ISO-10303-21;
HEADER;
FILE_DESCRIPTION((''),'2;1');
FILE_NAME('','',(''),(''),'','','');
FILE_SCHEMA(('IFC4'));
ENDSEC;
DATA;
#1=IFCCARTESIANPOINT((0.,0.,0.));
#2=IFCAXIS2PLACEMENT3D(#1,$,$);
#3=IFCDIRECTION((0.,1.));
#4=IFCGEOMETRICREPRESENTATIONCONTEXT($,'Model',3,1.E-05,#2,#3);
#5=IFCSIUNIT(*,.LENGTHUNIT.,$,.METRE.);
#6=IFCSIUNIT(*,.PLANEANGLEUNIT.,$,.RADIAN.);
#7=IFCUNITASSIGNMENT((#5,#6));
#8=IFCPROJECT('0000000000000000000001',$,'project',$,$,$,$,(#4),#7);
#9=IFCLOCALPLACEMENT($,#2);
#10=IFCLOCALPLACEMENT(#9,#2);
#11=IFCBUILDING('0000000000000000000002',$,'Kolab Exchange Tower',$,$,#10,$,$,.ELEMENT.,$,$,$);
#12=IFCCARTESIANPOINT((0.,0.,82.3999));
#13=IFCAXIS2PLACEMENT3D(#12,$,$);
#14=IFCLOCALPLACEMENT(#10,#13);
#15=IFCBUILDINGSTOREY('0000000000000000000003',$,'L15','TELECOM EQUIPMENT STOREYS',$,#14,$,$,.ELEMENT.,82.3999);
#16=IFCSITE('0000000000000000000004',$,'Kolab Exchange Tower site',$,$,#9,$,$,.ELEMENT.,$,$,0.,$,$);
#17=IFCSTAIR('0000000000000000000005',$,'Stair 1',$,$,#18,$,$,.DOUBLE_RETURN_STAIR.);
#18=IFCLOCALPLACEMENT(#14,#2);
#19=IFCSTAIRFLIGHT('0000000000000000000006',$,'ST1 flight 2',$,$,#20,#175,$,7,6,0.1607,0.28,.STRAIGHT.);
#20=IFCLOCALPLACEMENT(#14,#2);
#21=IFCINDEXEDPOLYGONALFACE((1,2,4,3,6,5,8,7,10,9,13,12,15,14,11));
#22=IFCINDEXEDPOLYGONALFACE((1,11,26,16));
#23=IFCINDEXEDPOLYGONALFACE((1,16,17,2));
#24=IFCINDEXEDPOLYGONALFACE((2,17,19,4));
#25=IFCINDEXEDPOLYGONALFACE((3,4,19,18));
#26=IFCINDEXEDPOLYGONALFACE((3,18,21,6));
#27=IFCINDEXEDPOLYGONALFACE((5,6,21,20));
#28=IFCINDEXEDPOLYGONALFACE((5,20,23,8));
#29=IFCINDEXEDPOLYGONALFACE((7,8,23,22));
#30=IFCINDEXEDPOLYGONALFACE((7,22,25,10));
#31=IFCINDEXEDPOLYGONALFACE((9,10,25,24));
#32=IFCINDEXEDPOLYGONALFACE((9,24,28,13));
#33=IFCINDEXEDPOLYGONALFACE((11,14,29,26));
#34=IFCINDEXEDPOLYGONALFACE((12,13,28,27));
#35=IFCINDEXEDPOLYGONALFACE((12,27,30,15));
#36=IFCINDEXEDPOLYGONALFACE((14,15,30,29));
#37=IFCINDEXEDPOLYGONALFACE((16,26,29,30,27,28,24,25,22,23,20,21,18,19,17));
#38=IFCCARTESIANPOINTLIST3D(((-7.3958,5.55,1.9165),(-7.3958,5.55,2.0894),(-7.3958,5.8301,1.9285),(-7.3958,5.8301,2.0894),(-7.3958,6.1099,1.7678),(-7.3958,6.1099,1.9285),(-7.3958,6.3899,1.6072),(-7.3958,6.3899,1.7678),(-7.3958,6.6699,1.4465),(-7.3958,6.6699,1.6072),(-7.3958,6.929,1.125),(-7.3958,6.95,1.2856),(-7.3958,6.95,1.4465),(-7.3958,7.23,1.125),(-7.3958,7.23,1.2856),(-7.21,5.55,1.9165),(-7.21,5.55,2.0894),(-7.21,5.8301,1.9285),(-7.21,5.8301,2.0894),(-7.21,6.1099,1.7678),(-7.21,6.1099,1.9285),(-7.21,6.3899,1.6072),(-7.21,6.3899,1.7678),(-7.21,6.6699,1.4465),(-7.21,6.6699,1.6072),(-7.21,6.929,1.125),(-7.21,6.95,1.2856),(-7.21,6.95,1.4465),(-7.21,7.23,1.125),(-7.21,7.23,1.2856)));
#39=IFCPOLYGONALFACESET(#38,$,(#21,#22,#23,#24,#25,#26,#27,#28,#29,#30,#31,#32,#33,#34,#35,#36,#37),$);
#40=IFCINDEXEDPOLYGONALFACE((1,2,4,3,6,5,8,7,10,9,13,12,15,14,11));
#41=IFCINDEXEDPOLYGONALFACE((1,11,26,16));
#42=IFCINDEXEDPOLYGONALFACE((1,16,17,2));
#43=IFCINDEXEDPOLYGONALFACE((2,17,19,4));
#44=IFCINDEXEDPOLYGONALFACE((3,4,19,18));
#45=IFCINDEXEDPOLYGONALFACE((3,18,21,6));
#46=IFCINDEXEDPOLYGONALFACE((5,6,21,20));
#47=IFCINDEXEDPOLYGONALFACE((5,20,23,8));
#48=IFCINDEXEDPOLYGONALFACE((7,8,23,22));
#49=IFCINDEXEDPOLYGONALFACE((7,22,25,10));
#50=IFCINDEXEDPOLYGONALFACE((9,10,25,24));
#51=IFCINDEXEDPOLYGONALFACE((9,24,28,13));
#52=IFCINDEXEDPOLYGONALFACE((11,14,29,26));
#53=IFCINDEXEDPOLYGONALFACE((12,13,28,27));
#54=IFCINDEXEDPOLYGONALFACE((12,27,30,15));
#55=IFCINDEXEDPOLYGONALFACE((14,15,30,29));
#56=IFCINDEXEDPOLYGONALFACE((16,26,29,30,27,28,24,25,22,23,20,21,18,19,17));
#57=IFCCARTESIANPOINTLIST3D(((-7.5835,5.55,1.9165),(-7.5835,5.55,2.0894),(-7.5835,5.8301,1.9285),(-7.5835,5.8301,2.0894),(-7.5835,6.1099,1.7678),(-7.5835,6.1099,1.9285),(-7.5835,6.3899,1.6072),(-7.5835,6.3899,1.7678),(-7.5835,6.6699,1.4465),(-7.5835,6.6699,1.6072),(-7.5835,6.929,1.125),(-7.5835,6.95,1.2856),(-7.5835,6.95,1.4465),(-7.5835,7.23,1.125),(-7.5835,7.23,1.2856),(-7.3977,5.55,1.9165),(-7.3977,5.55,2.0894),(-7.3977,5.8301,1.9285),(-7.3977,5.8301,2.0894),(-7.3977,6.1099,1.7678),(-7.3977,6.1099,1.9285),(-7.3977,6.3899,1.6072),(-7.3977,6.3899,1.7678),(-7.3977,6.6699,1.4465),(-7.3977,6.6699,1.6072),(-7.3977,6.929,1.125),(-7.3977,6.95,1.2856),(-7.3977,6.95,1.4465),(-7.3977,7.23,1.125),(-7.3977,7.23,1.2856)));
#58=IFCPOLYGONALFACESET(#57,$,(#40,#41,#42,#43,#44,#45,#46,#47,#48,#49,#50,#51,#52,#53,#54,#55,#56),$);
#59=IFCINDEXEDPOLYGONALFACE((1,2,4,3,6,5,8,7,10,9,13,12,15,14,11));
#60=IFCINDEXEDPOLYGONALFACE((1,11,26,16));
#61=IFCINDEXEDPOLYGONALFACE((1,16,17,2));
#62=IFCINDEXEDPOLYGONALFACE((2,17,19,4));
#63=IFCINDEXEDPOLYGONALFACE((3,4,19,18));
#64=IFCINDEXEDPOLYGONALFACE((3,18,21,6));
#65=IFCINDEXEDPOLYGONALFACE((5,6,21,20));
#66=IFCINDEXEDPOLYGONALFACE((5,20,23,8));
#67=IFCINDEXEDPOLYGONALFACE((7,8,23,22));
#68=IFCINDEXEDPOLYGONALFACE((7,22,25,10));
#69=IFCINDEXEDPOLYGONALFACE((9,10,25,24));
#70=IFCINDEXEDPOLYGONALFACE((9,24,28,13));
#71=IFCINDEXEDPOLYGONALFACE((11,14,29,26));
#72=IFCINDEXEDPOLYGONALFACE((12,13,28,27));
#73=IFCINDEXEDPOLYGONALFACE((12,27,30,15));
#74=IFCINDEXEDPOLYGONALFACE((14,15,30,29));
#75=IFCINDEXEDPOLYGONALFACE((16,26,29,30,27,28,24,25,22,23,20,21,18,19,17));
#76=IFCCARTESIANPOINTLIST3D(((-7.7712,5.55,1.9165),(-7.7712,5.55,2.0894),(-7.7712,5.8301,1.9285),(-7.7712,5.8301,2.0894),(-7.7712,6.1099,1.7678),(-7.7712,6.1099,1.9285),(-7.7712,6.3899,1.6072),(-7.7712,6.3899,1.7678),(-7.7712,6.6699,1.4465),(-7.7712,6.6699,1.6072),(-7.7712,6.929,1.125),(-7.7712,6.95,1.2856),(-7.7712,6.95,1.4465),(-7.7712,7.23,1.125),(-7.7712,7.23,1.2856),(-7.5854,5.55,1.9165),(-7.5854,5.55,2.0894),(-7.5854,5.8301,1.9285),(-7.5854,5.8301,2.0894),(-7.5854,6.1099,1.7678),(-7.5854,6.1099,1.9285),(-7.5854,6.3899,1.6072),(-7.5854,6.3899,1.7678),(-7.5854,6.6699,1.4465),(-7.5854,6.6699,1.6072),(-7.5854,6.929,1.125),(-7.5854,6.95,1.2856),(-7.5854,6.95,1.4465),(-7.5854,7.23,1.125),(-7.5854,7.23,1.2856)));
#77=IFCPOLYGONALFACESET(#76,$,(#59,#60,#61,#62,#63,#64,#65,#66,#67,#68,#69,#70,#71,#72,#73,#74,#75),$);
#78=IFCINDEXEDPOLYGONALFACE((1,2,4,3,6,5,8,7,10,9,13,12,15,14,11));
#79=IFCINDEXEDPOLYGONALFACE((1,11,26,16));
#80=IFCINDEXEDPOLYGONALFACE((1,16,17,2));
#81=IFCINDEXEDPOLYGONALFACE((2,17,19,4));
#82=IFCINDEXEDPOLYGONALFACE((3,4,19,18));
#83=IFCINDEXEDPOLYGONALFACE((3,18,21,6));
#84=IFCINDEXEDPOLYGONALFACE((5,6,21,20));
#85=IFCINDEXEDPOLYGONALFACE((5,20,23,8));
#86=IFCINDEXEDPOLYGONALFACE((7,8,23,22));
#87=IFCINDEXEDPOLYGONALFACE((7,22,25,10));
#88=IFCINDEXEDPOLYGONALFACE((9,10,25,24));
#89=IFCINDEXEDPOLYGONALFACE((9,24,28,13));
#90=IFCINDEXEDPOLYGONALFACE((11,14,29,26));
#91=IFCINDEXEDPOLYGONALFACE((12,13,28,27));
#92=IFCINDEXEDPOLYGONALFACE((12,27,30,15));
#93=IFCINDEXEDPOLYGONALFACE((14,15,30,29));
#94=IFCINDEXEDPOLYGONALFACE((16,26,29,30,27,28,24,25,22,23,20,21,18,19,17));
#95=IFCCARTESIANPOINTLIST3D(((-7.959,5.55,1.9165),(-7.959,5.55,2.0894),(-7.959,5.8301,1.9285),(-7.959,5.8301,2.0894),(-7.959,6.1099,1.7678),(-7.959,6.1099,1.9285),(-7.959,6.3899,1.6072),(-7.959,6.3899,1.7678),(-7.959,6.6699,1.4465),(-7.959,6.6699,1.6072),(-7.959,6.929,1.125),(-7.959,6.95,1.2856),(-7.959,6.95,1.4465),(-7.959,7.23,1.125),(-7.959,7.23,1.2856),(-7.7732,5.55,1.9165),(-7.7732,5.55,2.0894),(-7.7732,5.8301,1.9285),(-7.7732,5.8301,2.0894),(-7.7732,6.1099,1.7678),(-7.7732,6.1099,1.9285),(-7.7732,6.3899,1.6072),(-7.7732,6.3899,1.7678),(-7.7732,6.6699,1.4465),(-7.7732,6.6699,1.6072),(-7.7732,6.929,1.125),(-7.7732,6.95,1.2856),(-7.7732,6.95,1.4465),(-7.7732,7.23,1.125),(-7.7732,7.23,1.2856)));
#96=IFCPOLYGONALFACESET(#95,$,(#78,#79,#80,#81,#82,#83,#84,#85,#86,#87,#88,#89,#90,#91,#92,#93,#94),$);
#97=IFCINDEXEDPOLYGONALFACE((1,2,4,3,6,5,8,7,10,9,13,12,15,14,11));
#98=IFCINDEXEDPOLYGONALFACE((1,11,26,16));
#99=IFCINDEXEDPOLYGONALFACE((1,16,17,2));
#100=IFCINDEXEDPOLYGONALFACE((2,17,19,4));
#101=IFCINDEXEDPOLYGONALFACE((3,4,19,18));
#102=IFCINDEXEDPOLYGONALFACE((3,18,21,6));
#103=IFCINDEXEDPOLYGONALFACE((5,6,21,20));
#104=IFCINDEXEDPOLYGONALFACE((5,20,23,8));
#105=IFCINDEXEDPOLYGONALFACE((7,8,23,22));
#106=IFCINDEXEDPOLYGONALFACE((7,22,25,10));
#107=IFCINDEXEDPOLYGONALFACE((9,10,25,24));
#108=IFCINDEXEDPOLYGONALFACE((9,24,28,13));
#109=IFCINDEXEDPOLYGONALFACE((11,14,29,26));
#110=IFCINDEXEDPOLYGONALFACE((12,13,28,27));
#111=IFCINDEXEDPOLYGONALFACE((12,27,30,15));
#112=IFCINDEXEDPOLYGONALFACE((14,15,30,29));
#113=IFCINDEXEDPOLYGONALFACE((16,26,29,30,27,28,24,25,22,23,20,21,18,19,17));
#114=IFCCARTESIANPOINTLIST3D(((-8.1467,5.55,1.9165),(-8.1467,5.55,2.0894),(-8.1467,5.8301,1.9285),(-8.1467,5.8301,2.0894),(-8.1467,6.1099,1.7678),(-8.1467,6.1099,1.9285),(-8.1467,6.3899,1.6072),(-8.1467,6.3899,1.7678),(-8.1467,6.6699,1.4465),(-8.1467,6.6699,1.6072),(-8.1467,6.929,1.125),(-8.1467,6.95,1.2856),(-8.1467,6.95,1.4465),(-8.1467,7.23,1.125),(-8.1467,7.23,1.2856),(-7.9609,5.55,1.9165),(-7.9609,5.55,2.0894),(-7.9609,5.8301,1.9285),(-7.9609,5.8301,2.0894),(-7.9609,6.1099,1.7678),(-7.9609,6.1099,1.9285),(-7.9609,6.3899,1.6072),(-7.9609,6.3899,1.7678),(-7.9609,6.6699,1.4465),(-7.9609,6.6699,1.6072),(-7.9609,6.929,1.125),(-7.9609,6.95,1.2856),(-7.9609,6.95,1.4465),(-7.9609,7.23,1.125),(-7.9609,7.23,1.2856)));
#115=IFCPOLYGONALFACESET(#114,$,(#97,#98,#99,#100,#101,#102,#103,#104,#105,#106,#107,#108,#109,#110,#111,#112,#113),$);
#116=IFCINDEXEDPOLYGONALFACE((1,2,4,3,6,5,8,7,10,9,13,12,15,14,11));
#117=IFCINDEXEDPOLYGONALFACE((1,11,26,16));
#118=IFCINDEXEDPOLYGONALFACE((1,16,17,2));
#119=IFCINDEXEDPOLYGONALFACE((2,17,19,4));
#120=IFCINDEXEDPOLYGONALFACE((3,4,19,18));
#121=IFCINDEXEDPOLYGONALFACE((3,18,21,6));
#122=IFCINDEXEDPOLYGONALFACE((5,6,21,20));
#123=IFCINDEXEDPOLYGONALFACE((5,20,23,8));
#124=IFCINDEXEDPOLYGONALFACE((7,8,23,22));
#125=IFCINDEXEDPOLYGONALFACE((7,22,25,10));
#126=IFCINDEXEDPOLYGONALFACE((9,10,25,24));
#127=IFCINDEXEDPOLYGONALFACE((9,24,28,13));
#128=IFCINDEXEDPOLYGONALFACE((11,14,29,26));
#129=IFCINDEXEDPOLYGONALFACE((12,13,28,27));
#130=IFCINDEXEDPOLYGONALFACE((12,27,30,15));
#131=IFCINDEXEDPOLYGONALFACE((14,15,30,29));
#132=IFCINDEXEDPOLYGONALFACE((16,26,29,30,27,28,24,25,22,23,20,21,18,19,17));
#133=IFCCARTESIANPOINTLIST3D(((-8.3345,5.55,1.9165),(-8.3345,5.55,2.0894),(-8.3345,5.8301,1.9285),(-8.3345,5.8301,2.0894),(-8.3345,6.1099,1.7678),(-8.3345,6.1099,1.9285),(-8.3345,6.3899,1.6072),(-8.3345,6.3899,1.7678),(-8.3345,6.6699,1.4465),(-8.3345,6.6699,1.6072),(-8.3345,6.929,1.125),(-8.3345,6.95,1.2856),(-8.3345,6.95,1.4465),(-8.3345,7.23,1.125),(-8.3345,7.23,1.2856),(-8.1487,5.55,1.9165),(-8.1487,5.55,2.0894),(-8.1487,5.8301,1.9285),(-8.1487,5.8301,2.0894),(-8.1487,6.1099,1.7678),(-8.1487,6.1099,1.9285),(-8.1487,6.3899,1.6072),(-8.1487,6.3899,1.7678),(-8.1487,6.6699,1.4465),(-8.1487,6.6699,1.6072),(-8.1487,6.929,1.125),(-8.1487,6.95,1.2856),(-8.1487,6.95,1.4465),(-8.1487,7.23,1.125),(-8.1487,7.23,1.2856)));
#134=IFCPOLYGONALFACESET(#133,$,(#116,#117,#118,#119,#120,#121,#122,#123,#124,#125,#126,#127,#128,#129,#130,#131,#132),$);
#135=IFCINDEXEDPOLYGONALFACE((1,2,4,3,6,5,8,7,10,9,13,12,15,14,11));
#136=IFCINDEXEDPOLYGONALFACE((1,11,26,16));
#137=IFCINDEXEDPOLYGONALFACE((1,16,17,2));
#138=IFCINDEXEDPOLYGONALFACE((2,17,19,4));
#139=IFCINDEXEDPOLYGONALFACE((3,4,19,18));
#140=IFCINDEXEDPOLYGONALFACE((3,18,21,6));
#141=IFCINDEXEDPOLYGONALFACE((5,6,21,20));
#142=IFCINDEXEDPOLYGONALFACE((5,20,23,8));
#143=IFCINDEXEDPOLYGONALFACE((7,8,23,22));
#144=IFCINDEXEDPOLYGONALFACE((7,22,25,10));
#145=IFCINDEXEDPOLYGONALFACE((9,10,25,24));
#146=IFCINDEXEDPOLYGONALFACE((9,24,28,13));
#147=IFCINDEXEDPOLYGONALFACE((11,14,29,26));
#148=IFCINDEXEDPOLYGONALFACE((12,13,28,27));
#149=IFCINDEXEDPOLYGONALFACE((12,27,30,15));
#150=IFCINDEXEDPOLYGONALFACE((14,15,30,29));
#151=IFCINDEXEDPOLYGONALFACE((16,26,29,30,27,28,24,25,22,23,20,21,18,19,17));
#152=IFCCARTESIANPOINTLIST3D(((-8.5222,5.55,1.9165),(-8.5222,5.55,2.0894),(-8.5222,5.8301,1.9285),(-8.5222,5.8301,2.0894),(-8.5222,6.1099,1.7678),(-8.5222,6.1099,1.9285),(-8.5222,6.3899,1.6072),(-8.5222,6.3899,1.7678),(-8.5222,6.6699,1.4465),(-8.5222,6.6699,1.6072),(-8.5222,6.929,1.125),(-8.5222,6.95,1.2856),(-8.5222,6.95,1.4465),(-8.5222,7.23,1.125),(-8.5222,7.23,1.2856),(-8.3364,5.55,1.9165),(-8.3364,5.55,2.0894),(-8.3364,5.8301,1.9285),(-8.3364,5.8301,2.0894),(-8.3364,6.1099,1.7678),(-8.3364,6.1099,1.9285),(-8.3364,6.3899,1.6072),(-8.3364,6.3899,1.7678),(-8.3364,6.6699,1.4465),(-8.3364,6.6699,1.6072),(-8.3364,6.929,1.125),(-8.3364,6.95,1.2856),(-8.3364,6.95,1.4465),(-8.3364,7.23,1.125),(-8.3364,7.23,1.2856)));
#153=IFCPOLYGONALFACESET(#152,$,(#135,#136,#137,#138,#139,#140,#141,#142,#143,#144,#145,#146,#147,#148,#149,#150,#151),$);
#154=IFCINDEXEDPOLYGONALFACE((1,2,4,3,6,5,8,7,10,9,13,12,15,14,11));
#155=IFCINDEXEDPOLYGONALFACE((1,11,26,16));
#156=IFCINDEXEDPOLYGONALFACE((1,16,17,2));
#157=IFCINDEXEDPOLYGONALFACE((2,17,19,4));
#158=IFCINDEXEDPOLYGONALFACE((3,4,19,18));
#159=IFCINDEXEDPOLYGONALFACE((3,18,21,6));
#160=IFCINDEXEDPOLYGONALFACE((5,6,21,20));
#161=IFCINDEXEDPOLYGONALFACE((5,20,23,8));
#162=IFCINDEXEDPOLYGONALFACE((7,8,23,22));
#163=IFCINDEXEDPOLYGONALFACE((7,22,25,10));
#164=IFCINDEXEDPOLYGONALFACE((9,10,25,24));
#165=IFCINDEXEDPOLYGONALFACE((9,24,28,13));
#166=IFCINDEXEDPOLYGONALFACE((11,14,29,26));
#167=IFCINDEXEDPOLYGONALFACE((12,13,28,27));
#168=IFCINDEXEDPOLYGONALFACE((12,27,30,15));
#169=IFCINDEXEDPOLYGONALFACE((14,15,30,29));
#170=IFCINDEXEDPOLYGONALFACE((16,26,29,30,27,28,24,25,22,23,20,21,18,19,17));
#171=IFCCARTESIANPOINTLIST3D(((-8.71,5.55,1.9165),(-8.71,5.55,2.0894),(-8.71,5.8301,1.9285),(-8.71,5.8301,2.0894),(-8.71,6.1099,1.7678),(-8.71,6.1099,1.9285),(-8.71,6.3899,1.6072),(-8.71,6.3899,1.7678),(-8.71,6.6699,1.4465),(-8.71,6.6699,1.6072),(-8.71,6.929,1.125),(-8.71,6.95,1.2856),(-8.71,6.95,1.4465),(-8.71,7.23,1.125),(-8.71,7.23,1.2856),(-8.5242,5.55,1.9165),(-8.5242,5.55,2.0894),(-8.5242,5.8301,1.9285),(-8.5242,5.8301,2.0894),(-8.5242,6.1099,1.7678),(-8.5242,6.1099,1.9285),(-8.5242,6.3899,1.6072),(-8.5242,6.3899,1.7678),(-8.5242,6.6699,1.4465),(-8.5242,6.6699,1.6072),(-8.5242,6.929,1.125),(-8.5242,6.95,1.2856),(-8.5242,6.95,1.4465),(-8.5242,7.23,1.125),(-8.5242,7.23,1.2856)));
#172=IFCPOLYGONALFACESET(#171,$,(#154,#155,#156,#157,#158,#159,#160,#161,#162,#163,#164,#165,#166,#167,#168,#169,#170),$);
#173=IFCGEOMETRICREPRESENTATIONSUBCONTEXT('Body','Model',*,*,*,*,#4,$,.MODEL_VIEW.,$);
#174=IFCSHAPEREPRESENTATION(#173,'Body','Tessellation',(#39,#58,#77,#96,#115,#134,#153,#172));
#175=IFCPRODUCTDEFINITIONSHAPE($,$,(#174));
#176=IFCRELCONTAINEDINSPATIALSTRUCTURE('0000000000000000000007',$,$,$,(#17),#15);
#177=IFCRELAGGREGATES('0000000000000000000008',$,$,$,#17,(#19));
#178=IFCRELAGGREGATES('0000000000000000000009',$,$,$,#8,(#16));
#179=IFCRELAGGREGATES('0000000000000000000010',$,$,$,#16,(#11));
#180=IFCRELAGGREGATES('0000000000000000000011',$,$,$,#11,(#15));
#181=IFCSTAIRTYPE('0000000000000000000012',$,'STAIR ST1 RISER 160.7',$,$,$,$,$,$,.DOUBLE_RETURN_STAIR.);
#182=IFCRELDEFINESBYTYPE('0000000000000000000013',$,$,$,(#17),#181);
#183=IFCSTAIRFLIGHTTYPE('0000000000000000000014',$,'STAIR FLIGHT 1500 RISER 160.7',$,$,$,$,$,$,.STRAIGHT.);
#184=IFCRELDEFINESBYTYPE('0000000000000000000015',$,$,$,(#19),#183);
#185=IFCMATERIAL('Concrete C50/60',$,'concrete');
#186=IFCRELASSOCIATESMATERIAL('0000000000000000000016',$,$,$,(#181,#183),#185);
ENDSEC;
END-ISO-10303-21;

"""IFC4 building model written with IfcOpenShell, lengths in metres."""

from ifc_helpers import new_model, si_unit, direction, frame, origin, place, context, subcontext, project, spatial, polyline, outline, extrude, material, type_object, element, aggregate, save


model = new_model("IFC4")

# Units and contexts
model_context = context("Model", 3, precision=1e-05, world=origin(), true_north=direction((0.0, 1.0)))
body_context = subcontext(model_context, "Body", "Model", "MODEL_VIEW")
ifc_project = project(units=[si_unit("LENGTHUNIT", "METRE"), si_unit("PLANEANGLEUNIT", "RADIAN")], contexts=[model_context])

# Site, building, storey
site_placement = place(None, origin())
site = spatial("IfcSite", under=ifc_project, at=site_placement, Name="Kolab Exchange Tower site", CompositionType="ELEMENT", RefElevation=0.0)
building_placement = place(site_placement, origin())
building = spatial("IfcBuilding", under=site, at=building_placement, Name="Kolab Exchange Tower", CompositionType="ELEMENT")
storey_placement = place(building_placement, frame((0.0, 0.0, 82.3999)))
storey = spatial("IfcBuildingStorey", under=building, at=storey_placement, Name="L15", Description="TELECOM EQUIPMENT STOREYS", CompositionType="ELEMENT", Elevation=82.3999)

# Shared definitions
ifc_material_1 = material(Name="Concrete C50/60", Category="concrete")

# Stair, stair flight
stair_type = type_object("IfcStairType", Name="STAIR ST1 RISER 160.7", PredefinedType="DOUBLE_RETURN_STAIR", material=ifc_material_1)
stair_placement = place(storey_placement, origin())
stair = element("IfcStair", 1, at=stair_placement, inside=storey, type_object=stair_type, Name="Stair 1", PredefinedType="DOUBLE_RETURN_STAIR")
stair_flight_type = type_object("IfcStairFlightType", Name="STAIR FLIGHT 1500 RISER 160.7", PredefinedType="STRAIGHT", material=ifc_material_1)
stair_flight_1_placement = place(storey_placement, frame((-7.96, 7.23, 1.125), z_axis=(0.0, 0.0, 1.0), x_axis=(0.0, -1.0, 0.0)))
stair_flight_1 = element("IfcStairFlight", 2, at=stair_flight_1_placement, type_object=stair_flight_type, Name="ST1 flight 2", NumberOfRisers=7, NumberOfTreads=6, PredefinedType="STRAIGHT", RiserHeight=0.1607, TreadLength=0.28, context=body_context, shape_type="SweptSolid", body=[
    extrude(outline(polyline([(0.0, 0.0), (0.0, 0.1606), (0.28, 0.1606), (0.28, 0.3215), (0.5601, 0.3215), (0.5601, 0.4822), (0.8401, 0.4822), (0.8401, 0.6428), (1.1201, 0.6428), (1.1201, 0.8035), (1.3999, 0.8035), (1.3999, 0.9644), (1.6799, 0.9644), (1.6799, 1.125), (1.6799, 0.7915), (0.301, 0.0), (0.0, 0.0)])), frame((0.0, 0.75, 0.0), z_axis=(0.0, -1.0, 0.0), x_axis=(1.0, 0.0, 0.0)), (0.0, 0.0, 1.0), 0.1858),
    extrude(outline(polyline([(0.0, 0.0), (0.0, 0.1606), (0.28, 0.1606), (0.28, 0.3215), (0.5601, 0.3215), (0.5601, 0.4822), (0.8401, 0.4822), (0.8401, 0.6428), (1.1201, 0.6428), (1.1201, 0.8035), (1.3999, 0.8035), (1.3999, 0.9644), (1.6799, 0.9644), (1.6799, 1.125), (1.6799, 0.7915), (0.301, 0.0), (0.0, 0.0)])), frame((0.0, 0.5623, 0.0), z_axis=(0.0, -1.0, 0.0), x_axis=(1.0, 0.0, 0.0)), (0.0, 0.0, 1.0), 0.1858),
    extrude(outline(polyline([(0.0, 0.0), (0.0, 0.1606), (0.28, 0.1606), (0.28, 0.3215), (0.5601, 0.3215), (0.5601, 0.4822), (0.8401, 0.4822), (0.8401, 0.6428), (1.1201, 0.6428), (1.1201, 0.8035), (1.3999, 0.8035), (1.3999, 0.9644), (1.6799, 0.9644), (1.6799, 1.125), (1.6799, 0.7915), (0.301, 0.0), (0.0, 0.0)])), frame((0.0, 0.3745, 0.0), z_axis=(0.0, -1.0, 0.0), x_axis=(1.0, 0.0, 0.0)), (0.0, 0.0, 1.0), 0.1858),
    extrude(outline(polyline([(0.0, 0.0), (0.0, 0.1606), (0.28, 0.1606), (0.28, 0.3215), (0.5601, 0.3215), (0.5601, 0.4822), (0.8401, 0.4822), (0.8401, 0.6428), (1.1201, 0.6428), (1.1201, 0.8035), (1.3999, 0.8035), (1.3999, 0.9644), (1.6799, 0.9644), (1.6799, 1.125), (1.6799, 0.7915), (0.301, 0.0), (0.0, 0.0)])), frame((0.0, 0.1868, 0.0), z_axis=(0.0, -1.0, 0.0), x_axis=(1.0, 0.0, 0.0)), (0.0, 0.0, 1.0), 0.1858),
    extrude(outline(polyline([(0.0, 0.0), (0.0, 0.1606), (0.28, 0.1606), (0.28, 0.3215), (0.5601, 0.3215), (0.5601, 0.4822), (0.8401, 0.4822), (0.8401, 0.6428), (1.1201, 0.6428), (1.1201, 0.8035), (1.3999, 0.8035), (1.3999, 0.9644), (1.6799, 0.9644), (1.6799, 1.125), (1.6799, 0.7915), (0.301, 0.0), (0.0, 0.0)])), frame((0.0, -0.001, 0.0), z_axis=(0.0, -1.0, 0.0), x_axis=(1.0, 0.0, 0.0)), (0.0, 0.0, 1.0), 0.1858),
    extrude(outline(polyline([(0.0, 0.0), (0.0, 0.1606), (0.28, 0.1606), (0.28, 0.3215), (0.5601, 0.3215), (0.5601, 0.4822), (0.8401, 0.4822), (0.8401, 0.6428), (1.1201, 0.6428), (1.1201, 0.8035), (1.3999, 0.8035), (1.3999, 0.9644), (1.6799, 0.9644), (1.6799, 1.125), (1.6799, 0.7915), (0.301, 0.0), (0.0, 0.0)])), frame((0.0, -0.1887, 0.0), z_axis=(0.0, -1.0, 0.0), x_axis=(1.0, 0.0, 0.0)), (0.0, 0.0, 1.0), 0.1858),
    extrude(outline(polyline([(0.0, 0.0), (0.0, 0.1606), (0.28, 0.1606), (0.28, 0.3215), (0.5601, 0.3215), (0.5601, 0.4822), (0.8401, 0.4822), (0.8401, 0.6428), (1.1201, 0.6428), (1.1201, 0.8035), (1.3999, 0.8035), (1.3999, 0.9644), (1.6799, 0.9644), (1.6799, 1.125), (1.6799, 0.7915), (0.301, 0.0), (0.0, 0.0)])), frame((0.0, -0.3765, 0.0), z_axis=(0.0, -1.0, 0.0), x_axis=(1.0, 0.0, 0.0)), (0.0, 0.0, 1.0), 0.1858),
    extrude(outline(polyline([(0.0, 0.0), (0.0, 0.1606), (0.28, 0.1606), (0.28, 0.3215), (0.5601, 0.3215), (0.5601, 0.4822), (0.8401, 0.4822), (0.8401, 0.6428), (1.1201, 0.6428), (1.1201, 0.8035), (1.3999, 0.8035), (1.3999, 0.9644), (1.6799, 0.9644), (1.6799, 1.125), (1.6799, 0.7915), (0.301, 0.0), (0.0, 0.0)])), frame((0.0, -0.5642, 0.0), z_axis=(0.0, -1.0, 0.0), x_axis=(1.0, 0.0, 0.0)), (0.0, 0.0, 1.0), 0.1858),
])
aggregate(stair, [stair_flight_1])

save(model, "model.ifc")
